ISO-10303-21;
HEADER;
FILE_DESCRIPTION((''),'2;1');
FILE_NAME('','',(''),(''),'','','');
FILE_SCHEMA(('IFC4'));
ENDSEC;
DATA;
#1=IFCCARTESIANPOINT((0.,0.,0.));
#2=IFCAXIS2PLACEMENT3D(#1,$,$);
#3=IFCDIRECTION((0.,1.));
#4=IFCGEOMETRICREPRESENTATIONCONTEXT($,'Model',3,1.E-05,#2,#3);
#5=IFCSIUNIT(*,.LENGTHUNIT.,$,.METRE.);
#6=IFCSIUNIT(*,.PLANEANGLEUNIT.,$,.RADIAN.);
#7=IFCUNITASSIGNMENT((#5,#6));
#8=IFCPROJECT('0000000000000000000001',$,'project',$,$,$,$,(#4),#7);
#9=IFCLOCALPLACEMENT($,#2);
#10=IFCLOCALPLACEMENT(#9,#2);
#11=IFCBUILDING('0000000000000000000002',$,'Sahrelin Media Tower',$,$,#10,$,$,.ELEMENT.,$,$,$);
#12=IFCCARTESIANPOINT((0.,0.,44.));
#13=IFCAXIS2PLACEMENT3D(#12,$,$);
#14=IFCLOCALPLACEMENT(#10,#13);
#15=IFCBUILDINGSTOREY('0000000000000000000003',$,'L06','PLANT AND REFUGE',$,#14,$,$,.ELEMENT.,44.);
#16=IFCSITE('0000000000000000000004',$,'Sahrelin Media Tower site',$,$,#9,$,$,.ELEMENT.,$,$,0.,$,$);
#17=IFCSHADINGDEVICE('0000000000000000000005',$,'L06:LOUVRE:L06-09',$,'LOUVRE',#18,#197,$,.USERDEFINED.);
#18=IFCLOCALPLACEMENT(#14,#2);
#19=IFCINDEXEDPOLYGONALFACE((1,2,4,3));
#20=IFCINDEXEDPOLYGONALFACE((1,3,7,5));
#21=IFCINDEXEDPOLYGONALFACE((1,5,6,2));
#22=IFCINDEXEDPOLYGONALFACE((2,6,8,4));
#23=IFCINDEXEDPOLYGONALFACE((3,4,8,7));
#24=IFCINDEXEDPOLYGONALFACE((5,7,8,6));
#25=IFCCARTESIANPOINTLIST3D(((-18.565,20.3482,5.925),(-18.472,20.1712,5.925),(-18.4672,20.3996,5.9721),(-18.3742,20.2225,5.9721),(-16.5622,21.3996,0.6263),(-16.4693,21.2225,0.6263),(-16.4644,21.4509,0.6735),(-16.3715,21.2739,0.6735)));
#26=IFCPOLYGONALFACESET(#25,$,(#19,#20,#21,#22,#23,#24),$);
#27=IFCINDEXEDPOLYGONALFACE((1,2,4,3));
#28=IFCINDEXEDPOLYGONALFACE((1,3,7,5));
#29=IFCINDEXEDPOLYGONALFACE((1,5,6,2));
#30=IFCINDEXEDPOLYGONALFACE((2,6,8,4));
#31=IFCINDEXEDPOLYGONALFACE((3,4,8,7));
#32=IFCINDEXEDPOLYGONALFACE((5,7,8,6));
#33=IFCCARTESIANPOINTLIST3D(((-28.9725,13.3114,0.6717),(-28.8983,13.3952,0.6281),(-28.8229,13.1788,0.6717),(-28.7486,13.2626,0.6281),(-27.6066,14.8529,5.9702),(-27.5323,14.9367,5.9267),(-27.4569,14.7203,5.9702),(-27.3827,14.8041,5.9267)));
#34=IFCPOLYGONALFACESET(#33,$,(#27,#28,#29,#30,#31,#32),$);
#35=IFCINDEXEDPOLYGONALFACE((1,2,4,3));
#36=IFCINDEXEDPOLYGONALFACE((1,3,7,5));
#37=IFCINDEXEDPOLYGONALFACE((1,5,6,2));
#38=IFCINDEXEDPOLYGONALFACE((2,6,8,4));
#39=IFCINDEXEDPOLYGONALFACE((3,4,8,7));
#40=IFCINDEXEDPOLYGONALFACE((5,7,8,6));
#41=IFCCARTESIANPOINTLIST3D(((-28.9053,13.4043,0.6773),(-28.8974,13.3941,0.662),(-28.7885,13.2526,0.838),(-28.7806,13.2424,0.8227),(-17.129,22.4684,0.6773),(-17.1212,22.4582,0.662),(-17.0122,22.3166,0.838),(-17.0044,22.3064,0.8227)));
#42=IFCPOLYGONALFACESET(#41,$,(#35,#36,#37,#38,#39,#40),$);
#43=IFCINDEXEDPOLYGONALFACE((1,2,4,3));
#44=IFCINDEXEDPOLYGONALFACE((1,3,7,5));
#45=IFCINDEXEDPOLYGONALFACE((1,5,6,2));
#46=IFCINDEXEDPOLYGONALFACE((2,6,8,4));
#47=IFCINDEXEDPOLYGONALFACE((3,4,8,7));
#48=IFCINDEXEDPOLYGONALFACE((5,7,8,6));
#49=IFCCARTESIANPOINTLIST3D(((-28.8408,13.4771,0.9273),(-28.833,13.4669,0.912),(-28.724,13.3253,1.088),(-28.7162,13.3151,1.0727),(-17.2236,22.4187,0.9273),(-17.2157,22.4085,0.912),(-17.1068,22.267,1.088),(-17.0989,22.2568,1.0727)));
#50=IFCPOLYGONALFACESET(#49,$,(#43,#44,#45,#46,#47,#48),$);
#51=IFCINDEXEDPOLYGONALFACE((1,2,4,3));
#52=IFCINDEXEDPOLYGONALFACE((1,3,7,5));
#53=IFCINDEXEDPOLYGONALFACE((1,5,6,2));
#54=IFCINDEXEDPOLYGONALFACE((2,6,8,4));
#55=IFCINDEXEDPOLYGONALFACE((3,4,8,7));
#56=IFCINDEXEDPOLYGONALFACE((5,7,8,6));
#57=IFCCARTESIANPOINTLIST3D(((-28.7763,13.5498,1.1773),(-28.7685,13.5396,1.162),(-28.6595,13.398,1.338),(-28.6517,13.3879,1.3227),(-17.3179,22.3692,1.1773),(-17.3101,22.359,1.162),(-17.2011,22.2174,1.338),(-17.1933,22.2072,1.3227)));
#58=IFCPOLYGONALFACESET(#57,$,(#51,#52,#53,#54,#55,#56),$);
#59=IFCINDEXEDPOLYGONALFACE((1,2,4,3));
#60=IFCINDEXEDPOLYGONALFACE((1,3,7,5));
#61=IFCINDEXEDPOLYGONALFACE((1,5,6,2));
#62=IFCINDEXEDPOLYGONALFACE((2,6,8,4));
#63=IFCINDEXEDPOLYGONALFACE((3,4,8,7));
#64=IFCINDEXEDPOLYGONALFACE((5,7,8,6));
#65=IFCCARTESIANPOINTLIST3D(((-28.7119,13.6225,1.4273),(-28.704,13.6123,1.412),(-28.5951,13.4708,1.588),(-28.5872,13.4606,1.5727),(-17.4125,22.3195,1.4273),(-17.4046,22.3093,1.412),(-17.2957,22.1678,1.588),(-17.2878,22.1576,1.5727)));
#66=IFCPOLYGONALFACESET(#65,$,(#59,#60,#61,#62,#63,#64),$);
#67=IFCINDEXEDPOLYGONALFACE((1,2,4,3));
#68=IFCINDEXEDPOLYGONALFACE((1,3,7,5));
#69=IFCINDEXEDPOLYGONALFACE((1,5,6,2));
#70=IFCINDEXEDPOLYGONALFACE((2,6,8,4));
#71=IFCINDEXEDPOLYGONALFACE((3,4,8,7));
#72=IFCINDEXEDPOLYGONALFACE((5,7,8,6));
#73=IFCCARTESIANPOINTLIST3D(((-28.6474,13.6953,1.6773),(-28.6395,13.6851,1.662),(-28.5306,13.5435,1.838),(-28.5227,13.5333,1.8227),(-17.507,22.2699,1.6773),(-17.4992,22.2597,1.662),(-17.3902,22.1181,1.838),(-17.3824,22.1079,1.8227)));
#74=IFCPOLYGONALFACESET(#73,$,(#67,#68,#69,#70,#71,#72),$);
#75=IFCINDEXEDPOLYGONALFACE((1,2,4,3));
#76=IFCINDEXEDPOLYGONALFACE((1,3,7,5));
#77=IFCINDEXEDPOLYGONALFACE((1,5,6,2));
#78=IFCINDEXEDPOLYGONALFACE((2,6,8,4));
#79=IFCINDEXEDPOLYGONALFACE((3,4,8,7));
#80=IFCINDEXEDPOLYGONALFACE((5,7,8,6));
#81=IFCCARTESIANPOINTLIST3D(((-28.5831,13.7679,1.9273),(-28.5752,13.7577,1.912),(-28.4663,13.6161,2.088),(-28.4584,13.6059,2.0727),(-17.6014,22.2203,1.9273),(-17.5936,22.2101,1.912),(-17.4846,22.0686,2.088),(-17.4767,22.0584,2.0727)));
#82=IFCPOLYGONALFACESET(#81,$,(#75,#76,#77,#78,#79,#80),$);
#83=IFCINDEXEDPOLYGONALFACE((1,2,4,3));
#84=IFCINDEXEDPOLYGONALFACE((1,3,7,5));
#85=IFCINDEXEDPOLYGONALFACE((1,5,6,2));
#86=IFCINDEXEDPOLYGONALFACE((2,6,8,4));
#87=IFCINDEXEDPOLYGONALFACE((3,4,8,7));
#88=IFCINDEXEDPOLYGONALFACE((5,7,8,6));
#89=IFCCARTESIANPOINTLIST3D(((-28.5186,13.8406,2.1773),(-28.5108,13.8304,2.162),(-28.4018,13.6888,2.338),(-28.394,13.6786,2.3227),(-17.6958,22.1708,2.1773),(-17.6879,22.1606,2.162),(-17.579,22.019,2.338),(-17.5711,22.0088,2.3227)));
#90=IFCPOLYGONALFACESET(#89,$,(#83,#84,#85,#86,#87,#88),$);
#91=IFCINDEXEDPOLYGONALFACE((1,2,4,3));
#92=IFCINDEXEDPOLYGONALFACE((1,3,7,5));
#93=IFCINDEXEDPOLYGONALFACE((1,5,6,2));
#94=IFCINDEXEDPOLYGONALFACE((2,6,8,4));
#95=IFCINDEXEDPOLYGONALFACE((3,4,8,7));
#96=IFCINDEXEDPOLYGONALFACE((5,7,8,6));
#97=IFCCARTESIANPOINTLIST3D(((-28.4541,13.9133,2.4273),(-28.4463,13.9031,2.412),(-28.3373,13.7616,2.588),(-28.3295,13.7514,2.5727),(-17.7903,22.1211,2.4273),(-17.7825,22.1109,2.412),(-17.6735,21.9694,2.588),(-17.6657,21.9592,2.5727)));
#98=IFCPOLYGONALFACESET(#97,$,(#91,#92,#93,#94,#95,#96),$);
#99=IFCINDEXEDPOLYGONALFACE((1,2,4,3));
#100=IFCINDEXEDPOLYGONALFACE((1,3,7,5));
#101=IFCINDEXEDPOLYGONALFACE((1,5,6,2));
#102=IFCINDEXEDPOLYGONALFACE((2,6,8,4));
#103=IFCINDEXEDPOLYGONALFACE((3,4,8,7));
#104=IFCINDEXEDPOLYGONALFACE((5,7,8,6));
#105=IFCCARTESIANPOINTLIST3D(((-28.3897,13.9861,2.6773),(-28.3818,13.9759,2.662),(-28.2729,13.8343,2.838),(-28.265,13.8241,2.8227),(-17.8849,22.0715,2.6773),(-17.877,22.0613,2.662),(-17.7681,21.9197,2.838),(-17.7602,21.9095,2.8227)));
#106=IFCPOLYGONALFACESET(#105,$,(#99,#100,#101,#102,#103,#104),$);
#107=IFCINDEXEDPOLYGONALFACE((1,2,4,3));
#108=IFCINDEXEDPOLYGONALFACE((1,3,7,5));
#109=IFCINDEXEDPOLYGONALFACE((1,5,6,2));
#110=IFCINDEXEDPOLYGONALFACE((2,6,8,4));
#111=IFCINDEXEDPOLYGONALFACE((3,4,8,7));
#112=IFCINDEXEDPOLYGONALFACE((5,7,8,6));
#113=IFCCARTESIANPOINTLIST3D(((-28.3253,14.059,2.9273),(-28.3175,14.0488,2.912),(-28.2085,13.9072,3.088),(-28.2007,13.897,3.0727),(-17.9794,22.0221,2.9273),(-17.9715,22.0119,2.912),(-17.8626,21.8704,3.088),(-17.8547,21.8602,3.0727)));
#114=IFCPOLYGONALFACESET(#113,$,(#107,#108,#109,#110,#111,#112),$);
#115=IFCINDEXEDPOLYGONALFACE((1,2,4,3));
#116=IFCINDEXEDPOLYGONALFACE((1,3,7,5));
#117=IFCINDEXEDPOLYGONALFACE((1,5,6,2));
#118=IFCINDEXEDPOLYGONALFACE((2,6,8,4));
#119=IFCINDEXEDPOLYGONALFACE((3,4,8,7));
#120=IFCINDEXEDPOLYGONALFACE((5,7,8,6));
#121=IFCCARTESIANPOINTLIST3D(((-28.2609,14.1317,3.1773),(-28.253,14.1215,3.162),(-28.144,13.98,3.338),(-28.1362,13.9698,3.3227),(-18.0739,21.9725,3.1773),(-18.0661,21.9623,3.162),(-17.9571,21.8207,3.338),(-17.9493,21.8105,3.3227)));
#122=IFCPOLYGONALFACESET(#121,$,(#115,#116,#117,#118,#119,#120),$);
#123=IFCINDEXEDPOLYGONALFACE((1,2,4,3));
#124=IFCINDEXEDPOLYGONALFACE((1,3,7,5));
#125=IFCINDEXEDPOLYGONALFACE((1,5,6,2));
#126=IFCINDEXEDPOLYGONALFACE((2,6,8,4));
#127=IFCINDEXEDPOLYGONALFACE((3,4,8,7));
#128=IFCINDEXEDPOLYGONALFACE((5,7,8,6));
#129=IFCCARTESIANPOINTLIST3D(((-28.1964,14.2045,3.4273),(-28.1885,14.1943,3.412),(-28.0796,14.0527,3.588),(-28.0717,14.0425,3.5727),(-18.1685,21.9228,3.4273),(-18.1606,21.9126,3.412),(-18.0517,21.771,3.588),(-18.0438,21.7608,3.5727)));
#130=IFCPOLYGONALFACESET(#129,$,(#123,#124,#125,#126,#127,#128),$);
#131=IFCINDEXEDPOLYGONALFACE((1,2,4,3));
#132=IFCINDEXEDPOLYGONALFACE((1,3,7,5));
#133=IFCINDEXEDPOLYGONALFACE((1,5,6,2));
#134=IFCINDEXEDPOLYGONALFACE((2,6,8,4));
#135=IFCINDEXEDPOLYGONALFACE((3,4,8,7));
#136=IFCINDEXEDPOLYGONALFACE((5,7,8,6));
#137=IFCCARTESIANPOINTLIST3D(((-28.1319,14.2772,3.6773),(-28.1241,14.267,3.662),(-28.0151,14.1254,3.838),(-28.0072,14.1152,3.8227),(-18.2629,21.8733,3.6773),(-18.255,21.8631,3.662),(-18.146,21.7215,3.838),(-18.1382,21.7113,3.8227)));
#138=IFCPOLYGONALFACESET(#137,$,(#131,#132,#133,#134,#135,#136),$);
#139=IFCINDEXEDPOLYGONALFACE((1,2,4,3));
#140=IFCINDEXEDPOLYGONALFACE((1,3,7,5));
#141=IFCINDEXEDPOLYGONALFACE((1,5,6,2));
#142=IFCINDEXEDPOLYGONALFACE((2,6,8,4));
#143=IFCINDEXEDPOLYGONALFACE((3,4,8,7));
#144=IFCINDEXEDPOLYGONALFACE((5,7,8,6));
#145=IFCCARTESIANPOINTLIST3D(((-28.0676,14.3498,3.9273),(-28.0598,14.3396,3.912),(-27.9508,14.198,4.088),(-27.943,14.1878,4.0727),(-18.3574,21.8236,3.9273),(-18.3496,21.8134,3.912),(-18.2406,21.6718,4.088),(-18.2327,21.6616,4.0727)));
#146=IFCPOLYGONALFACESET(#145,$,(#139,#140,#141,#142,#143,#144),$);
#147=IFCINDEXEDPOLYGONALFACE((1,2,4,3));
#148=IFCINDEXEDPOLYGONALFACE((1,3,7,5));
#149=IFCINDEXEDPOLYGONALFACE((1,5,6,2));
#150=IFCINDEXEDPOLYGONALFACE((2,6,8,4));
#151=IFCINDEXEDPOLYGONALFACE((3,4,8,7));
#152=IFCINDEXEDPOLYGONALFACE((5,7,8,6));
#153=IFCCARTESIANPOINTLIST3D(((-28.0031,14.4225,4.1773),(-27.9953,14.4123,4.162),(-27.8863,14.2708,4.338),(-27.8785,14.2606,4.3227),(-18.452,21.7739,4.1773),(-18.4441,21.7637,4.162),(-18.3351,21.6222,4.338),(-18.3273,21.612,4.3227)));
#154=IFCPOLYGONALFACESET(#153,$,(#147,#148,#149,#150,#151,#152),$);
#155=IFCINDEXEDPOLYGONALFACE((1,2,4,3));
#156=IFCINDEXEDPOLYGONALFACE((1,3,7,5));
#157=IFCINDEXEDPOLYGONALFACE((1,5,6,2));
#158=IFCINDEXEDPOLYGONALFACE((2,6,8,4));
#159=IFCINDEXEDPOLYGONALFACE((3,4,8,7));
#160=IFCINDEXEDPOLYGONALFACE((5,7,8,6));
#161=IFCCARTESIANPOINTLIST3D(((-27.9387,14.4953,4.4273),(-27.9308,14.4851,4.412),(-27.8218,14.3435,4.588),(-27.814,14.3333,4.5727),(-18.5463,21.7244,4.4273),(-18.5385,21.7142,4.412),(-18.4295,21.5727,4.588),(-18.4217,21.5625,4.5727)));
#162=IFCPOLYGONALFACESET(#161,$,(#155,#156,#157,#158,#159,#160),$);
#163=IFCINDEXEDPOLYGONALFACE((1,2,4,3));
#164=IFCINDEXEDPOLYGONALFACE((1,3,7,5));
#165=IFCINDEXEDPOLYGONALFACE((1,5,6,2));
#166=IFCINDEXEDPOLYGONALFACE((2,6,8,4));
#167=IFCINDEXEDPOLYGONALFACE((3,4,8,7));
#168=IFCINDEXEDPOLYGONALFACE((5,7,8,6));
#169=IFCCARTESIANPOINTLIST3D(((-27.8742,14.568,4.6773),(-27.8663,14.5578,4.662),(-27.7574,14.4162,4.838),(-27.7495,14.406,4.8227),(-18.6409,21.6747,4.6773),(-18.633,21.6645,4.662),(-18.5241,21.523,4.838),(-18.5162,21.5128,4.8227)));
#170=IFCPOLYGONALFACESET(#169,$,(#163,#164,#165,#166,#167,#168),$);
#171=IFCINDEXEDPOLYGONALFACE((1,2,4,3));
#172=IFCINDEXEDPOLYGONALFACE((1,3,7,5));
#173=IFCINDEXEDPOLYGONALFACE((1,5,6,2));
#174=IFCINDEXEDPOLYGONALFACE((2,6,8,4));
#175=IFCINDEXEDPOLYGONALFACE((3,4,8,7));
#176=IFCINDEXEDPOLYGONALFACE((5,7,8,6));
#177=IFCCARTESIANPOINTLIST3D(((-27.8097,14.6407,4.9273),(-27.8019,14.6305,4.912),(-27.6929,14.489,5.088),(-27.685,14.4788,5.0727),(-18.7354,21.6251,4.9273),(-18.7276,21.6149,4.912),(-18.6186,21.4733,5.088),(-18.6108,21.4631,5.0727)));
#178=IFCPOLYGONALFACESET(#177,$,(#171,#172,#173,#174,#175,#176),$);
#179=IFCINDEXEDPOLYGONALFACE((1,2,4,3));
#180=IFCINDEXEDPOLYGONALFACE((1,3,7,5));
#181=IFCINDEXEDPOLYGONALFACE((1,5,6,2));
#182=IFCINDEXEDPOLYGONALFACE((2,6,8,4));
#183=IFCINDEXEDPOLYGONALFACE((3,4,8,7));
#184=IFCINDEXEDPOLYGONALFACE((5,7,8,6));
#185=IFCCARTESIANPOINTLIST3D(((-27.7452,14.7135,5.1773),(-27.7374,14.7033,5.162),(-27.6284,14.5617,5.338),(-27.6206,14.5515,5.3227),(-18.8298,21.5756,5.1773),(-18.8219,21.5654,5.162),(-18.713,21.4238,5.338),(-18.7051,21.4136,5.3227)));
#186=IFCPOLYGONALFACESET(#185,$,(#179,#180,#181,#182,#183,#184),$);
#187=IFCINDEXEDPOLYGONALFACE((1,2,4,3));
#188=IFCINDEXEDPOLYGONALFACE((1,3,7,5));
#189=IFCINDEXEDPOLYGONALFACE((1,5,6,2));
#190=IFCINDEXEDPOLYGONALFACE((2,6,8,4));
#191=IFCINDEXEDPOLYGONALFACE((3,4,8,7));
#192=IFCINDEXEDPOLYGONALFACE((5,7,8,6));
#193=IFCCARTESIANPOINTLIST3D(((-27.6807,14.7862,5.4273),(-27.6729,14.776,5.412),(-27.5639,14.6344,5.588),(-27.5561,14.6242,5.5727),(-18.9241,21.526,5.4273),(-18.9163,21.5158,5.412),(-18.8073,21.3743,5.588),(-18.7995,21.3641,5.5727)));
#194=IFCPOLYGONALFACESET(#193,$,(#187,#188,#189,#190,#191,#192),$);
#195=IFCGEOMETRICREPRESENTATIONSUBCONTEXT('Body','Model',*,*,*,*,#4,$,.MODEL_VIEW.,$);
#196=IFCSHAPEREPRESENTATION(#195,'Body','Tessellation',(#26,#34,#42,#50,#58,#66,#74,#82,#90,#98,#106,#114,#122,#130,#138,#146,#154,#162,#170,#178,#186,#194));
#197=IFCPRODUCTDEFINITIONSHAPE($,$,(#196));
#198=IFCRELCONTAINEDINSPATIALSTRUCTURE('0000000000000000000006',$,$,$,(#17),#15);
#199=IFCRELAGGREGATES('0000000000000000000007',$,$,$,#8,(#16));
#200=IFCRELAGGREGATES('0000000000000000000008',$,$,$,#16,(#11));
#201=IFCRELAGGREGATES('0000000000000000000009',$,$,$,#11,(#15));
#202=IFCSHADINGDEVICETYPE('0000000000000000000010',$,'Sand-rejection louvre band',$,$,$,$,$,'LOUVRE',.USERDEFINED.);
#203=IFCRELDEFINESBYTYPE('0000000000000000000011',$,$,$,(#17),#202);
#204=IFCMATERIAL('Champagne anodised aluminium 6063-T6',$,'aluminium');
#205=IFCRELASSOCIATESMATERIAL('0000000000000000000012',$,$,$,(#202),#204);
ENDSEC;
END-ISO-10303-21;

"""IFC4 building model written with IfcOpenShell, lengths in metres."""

from ifc_helpers import new_model, si_unit, direction, frame, origin, origin_2d, place, context, subcontext, project, spatial, rectangle, extrude, material, type_object, element, save


model = new_model("IFC4")

# Units and contexts
model_context = context("Model", 3, precision=1e-05, world=origin(), true_north=direction((0.0, 1.0)))
body_context = subcontext(model_context, "Body", "Model", "MODEL_VIEW")
ifc_project = project(units=[si_unit("LENGTHUNIT", "METRE"), si_unit("PLANEANGLEUNIT", "RADIAN")], contexts=[model_context])

# Site, building, storey
site_placement = place(None, origin())
site = spatial("IfcSite", under=ifc_project, at=site_placement, Name="Sahrelin Media Tower site", CompositionType="ELEMENT", RefElevation=0.0)
building_placement = place(site_placement, origin())
building = spatial("IfcBuilding", under=site, at=building_placement, Name="Sahrelin Media Tower", CompositionType="ELEMENT")
storey_placement = place(building_placement, frame((0.0, 0.0, 44.0)))
storey = spatial("IfcBuildingStorey", under=building, at=storey_placement, Name="L06", Description="PLANT AND REFUGE", CompositionType="ELEMENT", Elevation=44.0)

# Shading device
ifc_material_1 = material(Name="Champagne anodised aluminium 6063-T6", Category="aluminium")
shading_device_type = type_object("IfcShadingDeviceType", Name="Sand-rejection louvre band", ElementType="LOUVRE", PredefinedType="USERDEFINED", material=ifc_material_1)
shading_device_1_placement = place(storey_placement, frame((-22.5945, 17.3062, 0.0), z_axis=(0.0, 0.0, 1.0), x_axis=(0.792449, 0.609938, 0.0)))
element("IfcShadingDevice", 1, at=shading_device_1_placement, inside=storey, type_object=shading_device_type, Name="L06:LOUVRE:L06-09", ObjectType="LOUVRE", PredefinedType="USERDEFINED", context=body_context, shape_type="SweptSolid", body=[
    extrude(rectangle(XDim=0.2, YDim=0.1201, at=origin_2d()), frame((7.3142, -0.5435, 0.6499), z_axis=(-0.386774, 0.067422, 0.919706), x_axis=(-0.171728, -0.985144, 0.0)), (0.0, 0.0, 1.0), 5.7612),
    extrude(rectangle(XDim=0.2, YDim=0.1201, at=origin_2d()), frame((-7.417, 0.637, 0.6499), z_axis=(0.355808, 0.068327, 0.932058), x_axis=(-0.188588, 0.982056, 0.0)), (0.0, 0.0, 1.0), 5.6848),
    extrude(rectangle(XDim=0.25, YDim=0.02, at=origin_2d()), frame((7.4797, 0.655, 0.75), z_axis=(-1.0, 0.0, 0.0), x_axis=(0.0, -0.766044, 0.642788)), (0.0, 0.0, 1.0), 14.8606),
    extrude(rectangle(XDim=0.25, YDim=0.02, at=origin_2d()), frame((7.3745, 0.6733, 1.0), z_axis=(-1.0, 0.0, 0.0), x_axis=(0.0, -0.766044, 0.642788)), (0.0, 0.0, 1.0), 14.6599),
    extrude(rectangle(XDim=0.25, YDim=0.02, at=origin_2d()), frame((7.2695, 0.6917, 1.25), z_axis=(-1.0, 0.0, 0.0), x_axis=(0.0, -0.766044, 0.642788)), (0.0, 0.0, 1.0), 14.4595),
    extrude(rectangle(XDim=0.25, YDim=0.02, at=origin_2d()), frame((7.1643, 0.71, 1.5), z_axis=(-1.0, 0.0, 0.0), x_axis=(0.0, -0.766044, 0.642788)), (0.0, 0.0, 1.0), 14.2588),
    extrude(rectangle(XDim=0.25, YDim=0.02, at=origin_2d()), frame((7.0591, 0.7283, 1.75), z_axis=(-1.0, 0.0, 0.0), x_axis=(0.0, -0.766044, 0.642788)), (0.0, 0.0, 1.0), 14.0581),
    extrude(rectangle(XDim=0.25, YDim=0.02, at=origin_2d()), frame((6.9541, 0.7466, 2.0), z_axis=(-1.0, 0.0, 0.0), x_axis=(0.0, -0.766044, 0.642788)), (0.0, 0.0, 1.0), 13.8579),
    extrude(rectangle(XDim=0.25, YDim=0.02, at=origin_2d()), frame((6.8491, 0.7649, 2.25), z_axis=(-1.0, 0.0, 0.0), x_axis=(0.0, -0.766044, 0.642788)), (0.0, 0.0, 1.0), 13.6575),
    extrude(rectangle(XDim=0.25, YDim=0.02, at=origin_2d()), frame((6.7439, 0.7832, 2.5), z_axis=(-1.0, 0.0, 0.0), x_axis=(0.0, -0.766044, 0.642788)), (0.0, 0.0, 1.0), 13.4568),
    extrude(rectangle(XDim=0.25, YDim=0.02, at=origin_2d()), frame((6.6387, 0.8015, 2.75), z_axis=(-1.0, 0.0, 0.0), x_axis=(0.0, -0.766044, 0.642788)), (0.0, 0.0, 1.0), 13.2561),
    extrude(rectangle(XDim=0.25, YDim=0.02, at=origin_2d()), frame((6.5337, 0.8201, 3.0), z_axis=(-1.0, 0.0, 0.0), x_axis=(0.0, -0.766044, 0.642788)), (0.0, 0.0, 1.0), 13.0557),
    extrude(rectangle(XDim=0.25, YDim=0.02, at=origin_2d()), frame((6.4285, 0.8384, 3.25), z_axis=(-1.0, 0.0, 0.0), x_axis=(0.0, -0.766044, 0.642788)), (0.0, 0.0, 1.0), 12.855),
    extrude(rectangle(XDim=0.25, YDim=0.02, at=origin_2d()), frame((6.3232, 0.8567, 3.5), z_axis=(-1.0, 0.0, 0.0), x_axis=(0.0, -0.766044, 0.642788)), (0.0, 0.0, 1.0), 12.6543),
    extrude(rectangle(XDim=0.25, YDim=0.02, at=origin_2d()), frame((6.2183, 0.875, 3.75), z_axis=(-1.0, 0.0, 0.0), x_axis=(0.0, -0.766044, 0.642788)), (0.0, 0.0, 1.0), 12.4539),
    extrude(rectangle(XDim=0.25, YDim=0.02, at=origin_2d()), frame((6.113, 0.8933, 4.0), z_axis=(-1.0, 0.0, 0.0), x_axis=(0.0, -0.766044, 0.642788)), (0.0, 0.0, 1.0), 12.2534),
    extrude(rectangle(XDim=0.25, YDim=0.02, at=origin_2d()), frame((6.0078, 0.9116, 4.25), z_axis=(-1.0, 0.0, 0.0), x_axis=(0.0, -0.766044, 0.642788)), (0.0, 0.0, 1.0), 12.0527),
    extrude(rectangle(XDim=0.25, YDim=0.02, at=origin_2d()), frame((5.9028, 0.9299, 4.5), z_axis=(-1.0, 0.0, 0.0), x_axis=(0.0, -0.766044, 0.642788)), (0.0, 0.0, 1.0), 11.8523),
    extrude(rectangle(XDim=0.25, YDim=0.02, at=origin_2d()), frame((5.7976, 0.9482, 4.75), z_axis=(-1.0, 0.0, 0.0), x_axis=(0.0, -0.766044, 0.642788)), (0.0, 0.0, 1.0), 11.6516),
    extrude(rectangle(XDim=0.25, YDim=0.02, at=origin_2d()), frame((5.6924, 0.9666, 5.0), z_axis=(-1.0, 0.0, 0.0), x_axis=(0.0, -0.766044, 0.642788)), (0.0, 0.0, 1.0), 11.4509),
    extrude(rectangle(XDim=0.25, YDim=0.02, at=origin_2d()), frame((5.5874, 0.9849, 5.25), z_axis=(-1.0, 0.0, 0.0), x_axis=(0.0, -0.766044, 0.642788)), (0.0, 0.0, 1.0), 11.2505),
    extrude(rectangle(XDim=0.25, YDim=0.02, at=origin_2d()), frame((5.4824, 1.0032, 5.5), z_axis=(-1.0, 0.0, 0.0), x_axis=(0.0, -0.766044, 0.642788)), (0.0, 0.0, 1.0), 11.05),
])

save(model, "model.ifc")
